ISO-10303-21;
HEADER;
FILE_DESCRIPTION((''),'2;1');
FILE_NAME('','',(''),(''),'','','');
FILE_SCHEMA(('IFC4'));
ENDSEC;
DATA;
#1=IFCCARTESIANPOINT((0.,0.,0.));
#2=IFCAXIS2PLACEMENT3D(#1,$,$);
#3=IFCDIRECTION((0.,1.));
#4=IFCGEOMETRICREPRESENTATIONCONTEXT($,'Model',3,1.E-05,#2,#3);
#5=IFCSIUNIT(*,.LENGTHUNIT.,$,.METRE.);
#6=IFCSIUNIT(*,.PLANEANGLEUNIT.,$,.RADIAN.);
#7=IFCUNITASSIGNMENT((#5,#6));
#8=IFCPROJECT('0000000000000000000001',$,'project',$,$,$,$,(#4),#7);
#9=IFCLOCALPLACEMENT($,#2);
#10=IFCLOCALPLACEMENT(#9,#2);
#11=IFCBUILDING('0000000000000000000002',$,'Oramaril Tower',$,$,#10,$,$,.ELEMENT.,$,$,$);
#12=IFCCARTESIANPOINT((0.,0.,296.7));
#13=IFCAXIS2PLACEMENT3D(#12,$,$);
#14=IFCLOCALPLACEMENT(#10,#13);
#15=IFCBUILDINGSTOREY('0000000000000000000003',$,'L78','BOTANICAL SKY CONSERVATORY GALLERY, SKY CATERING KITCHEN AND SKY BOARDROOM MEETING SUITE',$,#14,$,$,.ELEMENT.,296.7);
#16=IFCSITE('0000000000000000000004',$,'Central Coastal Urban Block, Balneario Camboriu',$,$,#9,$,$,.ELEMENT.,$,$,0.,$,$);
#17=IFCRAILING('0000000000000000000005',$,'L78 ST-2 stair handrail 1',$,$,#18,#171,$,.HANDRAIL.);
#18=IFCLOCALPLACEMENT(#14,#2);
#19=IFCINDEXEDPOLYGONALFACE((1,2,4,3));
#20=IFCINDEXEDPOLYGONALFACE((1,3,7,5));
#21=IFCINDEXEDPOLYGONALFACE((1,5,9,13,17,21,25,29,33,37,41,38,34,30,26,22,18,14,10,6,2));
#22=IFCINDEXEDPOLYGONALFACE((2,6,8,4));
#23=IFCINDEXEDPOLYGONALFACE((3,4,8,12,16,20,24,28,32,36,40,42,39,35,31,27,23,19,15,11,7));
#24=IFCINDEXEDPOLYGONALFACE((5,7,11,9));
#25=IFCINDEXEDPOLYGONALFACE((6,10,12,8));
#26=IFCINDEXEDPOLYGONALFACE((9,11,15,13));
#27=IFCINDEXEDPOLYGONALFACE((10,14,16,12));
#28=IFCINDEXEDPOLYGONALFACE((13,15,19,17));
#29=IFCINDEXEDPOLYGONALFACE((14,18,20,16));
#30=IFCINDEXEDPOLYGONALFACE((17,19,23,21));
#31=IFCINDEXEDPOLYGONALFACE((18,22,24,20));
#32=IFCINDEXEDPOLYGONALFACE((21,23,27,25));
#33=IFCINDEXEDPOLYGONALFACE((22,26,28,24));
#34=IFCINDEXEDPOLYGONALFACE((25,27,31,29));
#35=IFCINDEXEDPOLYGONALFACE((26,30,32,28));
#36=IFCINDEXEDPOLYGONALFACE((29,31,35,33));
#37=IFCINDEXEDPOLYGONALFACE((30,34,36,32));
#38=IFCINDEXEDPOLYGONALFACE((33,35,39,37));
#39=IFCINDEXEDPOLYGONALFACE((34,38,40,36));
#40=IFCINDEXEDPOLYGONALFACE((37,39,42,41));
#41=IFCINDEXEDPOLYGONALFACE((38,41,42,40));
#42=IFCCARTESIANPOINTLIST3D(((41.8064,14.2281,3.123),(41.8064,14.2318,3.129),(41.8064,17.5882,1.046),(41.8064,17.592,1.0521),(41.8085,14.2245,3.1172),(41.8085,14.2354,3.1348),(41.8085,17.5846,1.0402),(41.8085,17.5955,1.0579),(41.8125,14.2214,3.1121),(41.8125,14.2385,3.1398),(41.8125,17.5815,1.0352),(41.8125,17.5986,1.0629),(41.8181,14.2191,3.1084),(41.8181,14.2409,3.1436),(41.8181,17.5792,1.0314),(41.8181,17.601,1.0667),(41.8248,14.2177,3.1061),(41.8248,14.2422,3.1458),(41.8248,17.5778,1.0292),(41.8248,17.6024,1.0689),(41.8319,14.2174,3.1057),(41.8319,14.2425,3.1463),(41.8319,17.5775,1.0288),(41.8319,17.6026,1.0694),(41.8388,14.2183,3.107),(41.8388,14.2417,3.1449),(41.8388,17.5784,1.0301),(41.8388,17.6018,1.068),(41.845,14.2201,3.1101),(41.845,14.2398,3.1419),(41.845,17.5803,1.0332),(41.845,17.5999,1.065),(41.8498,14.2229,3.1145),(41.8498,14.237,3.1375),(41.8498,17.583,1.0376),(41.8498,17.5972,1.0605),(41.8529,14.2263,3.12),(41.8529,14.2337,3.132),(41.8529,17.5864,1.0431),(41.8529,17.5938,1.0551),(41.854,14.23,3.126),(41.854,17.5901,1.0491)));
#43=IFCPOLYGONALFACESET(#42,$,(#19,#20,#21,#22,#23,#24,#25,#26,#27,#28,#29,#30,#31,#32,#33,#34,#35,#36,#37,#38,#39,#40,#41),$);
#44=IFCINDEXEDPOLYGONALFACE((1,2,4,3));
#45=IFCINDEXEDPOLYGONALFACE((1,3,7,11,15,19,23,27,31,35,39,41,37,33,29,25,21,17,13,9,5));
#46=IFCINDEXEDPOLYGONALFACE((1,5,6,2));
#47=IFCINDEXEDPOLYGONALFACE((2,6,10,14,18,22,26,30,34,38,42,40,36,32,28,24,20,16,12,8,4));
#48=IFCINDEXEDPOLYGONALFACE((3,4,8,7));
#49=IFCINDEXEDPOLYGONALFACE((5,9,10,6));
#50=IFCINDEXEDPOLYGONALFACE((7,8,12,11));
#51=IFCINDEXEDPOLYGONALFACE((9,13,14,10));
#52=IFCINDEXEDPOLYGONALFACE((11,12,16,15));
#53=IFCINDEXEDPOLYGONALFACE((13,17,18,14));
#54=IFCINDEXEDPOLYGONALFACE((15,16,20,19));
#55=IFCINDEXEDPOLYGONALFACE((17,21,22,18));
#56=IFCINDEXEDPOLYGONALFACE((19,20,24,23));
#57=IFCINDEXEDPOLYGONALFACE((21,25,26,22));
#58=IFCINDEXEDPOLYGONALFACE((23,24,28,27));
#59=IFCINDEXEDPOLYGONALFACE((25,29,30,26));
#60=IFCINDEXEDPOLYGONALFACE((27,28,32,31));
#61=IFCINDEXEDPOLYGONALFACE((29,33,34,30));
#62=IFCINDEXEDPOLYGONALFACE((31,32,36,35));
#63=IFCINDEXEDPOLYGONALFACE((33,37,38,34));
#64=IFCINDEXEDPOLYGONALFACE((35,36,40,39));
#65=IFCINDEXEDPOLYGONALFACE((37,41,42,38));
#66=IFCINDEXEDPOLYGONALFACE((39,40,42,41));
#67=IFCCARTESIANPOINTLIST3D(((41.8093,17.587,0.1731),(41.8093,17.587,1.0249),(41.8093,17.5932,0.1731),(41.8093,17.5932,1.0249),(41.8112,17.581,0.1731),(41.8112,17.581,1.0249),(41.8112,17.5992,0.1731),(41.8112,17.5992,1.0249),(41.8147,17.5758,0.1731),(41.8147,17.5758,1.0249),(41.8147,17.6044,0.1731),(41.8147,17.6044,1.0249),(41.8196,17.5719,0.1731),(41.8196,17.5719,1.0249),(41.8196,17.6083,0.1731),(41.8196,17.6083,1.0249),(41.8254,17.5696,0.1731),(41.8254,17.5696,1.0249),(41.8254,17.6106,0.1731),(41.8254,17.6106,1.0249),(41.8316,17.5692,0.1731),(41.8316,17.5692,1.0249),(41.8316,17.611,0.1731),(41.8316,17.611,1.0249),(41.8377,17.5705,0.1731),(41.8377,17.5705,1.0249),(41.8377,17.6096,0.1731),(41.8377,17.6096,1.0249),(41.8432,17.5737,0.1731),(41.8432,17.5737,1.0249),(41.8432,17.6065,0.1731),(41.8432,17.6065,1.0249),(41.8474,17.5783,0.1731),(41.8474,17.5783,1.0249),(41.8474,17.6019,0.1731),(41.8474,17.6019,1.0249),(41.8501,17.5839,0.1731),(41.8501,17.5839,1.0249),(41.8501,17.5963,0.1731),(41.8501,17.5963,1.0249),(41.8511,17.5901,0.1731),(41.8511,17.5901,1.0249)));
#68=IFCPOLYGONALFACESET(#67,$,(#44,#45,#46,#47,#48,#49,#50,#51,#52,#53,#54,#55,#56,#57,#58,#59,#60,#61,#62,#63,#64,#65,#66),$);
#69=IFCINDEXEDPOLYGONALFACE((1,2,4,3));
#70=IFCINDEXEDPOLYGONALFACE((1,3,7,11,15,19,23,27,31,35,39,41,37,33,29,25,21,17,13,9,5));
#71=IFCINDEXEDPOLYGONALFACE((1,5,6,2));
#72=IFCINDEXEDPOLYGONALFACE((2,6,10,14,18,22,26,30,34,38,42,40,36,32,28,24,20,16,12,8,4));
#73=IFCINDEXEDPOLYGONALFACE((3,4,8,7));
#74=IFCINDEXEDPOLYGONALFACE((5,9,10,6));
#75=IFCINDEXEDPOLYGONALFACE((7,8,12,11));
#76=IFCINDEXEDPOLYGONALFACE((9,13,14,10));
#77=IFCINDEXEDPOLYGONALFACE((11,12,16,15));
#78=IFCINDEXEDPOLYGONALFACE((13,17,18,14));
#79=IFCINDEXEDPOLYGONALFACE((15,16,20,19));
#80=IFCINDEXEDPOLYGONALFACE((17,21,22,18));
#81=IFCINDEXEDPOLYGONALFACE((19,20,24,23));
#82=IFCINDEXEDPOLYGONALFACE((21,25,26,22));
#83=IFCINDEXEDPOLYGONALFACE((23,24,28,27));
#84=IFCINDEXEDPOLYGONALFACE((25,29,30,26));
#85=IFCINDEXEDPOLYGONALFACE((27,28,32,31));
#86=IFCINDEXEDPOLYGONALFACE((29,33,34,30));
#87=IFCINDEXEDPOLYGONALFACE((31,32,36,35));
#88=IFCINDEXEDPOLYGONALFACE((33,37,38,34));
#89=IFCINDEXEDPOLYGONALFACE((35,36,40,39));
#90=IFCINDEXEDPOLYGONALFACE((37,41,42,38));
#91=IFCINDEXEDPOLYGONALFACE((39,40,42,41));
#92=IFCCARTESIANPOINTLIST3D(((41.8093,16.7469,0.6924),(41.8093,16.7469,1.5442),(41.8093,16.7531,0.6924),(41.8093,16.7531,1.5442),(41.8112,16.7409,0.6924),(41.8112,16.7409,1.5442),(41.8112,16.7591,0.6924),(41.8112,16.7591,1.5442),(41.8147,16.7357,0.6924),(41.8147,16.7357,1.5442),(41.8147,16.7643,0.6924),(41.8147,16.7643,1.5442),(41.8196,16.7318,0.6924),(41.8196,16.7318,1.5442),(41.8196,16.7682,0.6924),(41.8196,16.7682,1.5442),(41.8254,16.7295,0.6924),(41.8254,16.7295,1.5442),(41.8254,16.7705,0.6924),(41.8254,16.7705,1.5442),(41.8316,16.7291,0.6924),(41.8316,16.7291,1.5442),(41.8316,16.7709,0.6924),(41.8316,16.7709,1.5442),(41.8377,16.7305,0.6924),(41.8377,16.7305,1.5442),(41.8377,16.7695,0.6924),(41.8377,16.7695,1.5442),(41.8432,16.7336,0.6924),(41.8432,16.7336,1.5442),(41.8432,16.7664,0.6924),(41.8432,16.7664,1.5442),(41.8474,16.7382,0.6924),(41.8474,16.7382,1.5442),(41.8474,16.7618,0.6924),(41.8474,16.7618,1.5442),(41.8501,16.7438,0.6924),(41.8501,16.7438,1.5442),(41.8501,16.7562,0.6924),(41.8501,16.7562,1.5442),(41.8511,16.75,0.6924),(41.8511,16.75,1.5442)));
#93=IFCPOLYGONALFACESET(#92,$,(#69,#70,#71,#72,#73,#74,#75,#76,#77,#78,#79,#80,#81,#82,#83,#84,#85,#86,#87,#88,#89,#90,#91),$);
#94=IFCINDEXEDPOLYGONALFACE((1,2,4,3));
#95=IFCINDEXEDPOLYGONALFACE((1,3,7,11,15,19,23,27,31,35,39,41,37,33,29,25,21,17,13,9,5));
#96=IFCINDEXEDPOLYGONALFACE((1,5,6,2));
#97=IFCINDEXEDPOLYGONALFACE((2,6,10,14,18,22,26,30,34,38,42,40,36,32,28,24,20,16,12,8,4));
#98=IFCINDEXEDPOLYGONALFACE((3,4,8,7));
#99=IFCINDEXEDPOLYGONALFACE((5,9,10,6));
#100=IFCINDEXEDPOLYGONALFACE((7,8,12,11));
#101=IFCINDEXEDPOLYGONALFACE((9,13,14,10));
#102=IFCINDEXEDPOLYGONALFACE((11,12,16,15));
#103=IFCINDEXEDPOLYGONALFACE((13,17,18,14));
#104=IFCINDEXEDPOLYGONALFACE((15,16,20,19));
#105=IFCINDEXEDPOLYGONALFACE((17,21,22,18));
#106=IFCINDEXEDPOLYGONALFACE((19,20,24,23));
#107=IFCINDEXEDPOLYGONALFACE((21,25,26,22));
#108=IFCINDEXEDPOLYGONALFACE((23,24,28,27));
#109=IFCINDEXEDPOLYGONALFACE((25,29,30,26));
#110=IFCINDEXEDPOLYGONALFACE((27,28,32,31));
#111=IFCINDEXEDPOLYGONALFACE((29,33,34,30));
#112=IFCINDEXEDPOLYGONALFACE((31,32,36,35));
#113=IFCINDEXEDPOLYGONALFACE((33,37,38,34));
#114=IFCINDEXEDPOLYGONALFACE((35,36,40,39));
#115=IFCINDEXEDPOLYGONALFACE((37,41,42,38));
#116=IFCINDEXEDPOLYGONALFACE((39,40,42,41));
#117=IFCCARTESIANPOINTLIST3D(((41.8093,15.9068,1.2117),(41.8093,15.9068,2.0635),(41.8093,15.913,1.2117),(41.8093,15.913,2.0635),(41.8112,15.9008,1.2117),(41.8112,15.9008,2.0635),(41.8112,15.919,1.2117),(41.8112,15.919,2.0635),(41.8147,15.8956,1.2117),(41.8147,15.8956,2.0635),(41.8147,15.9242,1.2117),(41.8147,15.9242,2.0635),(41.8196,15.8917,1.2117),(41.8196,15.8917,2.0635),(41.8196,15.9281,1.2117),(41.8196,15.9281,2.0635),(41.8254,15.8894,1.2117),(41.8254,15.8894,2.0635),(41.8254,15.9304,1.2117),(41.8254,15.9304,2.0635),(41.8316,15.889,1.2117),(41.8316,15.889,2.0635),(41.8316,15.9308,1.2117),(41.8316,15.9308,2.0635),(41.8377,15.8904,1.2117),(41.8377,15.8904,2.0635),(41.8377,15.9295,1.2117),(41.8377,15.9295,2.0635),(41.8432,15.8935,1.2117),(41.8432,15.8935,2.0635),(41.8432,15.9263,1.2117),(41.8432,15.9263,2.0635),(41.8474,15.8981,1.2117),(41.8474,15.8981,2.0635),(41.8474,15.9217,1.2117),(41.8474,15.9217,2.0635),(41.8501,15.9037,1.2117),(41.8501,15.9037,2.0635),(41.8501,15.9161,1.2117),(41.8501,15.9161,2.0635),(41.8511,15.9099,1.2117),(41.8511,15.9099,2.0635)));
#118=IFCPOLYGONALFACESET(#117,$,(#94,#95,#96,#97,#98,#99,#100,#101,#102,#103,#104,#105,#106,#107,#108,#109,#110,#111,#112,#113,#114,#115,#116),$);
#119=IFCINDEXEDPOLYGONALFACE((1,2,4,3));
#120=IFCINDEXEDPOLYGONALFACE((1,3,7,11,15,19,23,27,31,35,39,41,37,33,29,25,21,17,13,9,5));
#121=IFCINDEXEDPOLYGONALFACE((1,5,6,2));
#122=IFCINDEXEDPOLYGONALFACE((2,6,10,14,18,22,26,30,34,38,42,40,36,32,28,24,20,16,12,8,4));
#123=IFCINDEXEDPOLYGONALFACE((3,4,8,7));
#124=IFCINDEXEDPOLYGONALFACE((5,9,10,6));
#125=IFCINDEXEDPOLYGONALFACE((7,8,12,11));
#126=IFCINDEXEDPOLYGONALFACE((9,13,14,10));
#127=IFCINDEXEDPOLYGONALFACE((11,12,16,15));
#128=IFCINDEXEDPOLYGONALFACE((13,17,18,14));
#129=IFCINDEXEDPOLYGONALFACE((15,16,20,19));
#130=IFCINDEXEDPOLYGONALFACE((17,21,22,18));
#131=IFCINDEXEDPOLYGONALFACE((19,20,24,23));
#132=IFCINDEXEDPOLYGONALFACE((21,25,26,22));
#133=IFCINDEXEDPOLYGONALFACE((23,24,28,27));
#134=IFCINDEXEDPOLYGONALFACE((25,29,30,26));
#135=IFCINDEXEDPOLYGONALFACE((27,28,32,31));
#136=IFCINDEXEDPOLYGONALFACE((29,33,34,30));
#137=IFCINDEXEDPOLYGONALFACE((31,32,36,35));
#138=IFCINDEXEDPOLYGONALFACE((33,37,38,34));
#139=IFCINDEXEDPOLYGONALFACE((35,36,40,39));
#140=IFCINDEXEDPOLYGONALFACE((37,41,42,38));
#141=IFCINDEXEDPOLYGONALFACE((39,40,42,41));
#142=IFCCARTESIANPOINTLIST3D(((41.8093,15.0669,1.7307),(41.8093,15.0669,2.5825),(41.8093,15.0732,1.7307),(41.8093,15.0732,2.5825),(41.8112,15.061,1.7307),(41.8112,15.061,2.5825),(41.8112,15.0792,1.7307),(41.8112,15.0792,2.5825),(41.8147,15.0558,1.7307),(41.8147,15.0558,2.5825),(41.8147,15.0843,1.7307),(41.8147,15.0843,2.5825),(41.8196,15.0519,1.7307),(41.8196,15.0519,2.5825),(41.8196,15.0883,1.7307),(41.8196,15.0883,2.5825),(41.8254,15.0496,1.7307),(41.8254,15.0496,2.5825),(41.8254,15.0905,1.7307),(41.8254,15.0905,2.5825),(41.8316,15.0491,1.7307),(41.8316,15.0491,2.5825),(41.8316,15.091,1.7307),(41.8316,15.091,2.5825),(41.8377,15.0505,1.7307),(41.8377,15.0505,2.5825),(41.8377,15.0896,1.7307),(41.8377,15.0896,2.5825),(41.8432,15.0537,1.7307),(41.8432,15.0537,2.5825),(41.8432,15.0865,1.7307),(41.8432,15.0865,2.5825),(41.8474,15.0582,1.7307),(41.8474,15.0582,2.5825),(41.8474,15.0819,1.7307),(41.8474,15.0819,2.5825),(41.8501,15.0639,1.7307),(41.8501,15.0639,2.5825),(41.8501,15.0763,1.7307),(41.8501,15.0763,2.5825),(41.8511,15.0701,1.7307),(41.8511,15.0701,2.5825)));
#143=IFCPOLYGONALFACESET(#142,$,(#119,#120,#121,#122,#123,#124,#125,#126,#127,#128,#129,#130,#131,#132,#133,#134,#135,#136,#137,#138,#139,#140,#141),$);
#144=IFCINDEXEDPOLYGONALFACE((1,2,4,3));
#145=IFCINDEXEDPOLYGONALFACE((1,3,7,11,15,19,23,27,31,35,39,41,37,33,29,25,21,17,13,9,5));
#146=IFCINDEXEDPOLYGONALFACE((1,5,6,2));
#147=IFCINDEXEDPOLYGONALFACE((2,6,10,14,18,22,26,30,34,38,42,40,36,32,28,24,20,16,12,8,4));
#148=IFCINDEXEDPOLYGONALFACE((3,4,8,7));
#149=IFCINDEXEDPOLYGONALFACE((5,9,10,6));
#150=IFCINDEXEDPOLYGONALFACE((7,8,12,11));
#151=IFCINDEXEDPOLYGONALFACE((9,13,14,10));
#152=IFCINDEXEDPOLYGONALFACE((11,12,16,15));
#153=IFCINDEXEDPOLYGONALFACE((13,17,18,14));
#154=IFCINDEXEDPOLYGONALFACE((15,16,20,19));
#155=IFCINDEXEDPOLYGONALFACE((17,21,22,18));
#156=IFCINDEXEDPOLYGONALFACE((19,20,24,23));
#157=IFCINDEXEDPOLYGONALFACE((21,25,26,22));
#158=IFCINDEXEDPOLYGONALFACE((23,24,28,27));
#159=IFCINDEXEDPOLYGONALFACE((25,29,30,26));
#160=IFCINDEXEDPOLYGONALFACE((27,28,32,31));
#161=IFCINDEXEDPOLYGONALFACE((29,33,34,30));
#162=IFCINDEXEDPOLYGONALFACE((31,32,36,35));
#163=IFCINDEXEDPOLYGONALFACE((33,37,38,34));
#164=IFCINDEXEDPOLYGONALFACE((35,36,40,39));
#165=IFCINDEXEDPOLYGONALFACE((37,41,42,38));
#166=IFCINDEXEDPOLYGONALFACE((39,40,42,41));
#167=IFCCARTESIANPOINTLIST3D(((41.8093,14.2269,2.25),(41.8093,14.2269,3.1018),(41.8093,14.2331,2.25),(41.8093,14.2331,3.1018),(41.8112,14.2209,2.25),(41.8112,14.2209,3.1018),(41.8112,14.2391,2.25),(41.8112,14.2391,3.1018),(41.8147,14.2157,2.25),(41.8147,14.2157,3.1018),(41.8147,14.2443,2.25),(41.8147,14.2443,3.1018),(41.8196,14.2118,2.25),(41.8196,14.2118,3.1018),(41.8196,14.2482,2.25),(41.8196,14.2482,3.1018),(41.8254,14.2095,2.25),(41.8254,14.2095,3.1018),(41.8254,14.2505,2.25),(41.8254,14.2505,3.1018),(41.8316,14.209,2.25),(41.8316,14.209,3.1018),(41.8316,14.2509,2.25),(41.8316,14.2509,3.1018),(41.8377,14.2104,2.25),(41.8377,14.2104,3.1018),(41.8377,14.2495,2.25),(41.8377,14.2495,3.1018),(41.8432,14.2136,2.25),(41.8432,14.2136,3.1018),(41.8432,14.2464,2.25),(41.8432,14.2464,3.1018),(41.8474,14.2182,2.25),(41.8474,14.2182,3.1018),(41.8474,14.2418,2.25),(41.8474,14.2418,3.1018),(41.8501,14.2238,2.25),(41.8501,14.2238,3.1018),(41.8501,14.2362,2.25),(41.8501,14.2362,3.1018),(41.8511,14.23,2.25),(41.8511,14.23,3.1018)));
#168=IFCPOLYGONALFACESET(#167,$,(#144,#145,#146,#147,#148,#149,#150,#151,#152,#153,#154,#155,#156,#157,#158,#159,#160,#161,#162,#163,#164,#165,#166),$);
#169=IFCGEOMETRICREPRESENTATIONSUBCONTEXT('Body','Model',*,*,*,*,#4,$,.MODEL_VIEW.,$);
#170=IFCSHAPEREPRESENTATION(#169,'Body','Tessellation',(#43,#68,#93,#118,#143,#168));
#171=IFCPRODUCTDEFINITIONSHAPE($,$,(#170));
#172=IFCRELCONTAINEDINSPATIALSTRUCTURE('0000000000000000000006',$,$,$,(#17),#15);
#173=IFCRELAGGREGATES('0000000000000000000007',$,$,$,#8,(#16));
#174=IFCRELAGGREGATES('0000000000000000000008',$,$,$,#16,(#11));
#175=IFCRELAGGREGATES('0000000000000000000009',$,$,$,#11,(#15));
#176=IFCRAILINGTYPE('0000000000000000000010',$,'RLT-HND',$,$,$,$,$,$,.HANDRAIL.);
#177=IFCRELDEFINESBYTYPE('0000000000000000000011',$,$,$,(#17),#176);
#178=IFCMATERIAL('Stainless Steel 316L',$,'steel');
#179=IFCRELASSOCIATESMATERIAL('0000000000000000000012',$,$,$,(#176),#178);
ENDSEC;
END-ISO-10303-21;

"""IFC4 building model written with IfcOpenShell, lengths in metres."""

from ifc_helpers import new_model, si_unit, direction, frame, origin, origin_2d, place, context, subcontext, project, spatial, circle, extrude, material, type_object, element, save


model = new_model("IFC4")

# Units and contexts
model_context = context("Model", 3, precision=1e-05, world=origin(), true_north=direction((0.0, 1.0)))
body_context = subcontext(model_context, "Body", "Model", "MODEL_VIEW")
ifc_project = project(units=[si_unit("LENGTHUNIT", "METRE"), si_unit("PLANEANGLEUNIT", "RADIAN")], contexts=[model_context])

# Site, building, storey
site_placement = place(None, origin())
site = spatial("IfcSite", under=ifc_project, at=site_placement, Name="Central Coastal Urban Block, Balneario Camboriu", CompositionType="ELEMENT", RefElevation=0.0)
building_placement = place(site_placement, origin())
building = spatial("IfcBuilding", under=site, at=building_placement, Name="Oramaril Tower", CompositionType="ELEMENT")
storey_placement = place(building_placement, frame((0.0, 0.0, 296.7)))
storey = spatial("IfcBuildingStorey", under=building, at=storey_placement, Name="L78", Description="BOTANICAL SKY CONSERVATORY GALLERY, SKY CATERING KITCHEN AND SKY BOARDROOM MEETING SUITE", CompositionType="ELEMENT", Elevation=296.7)

# Railing
ifc_material_1 = material(Name="Stainless Steel 316L", Category="steel")
railing_type_1 = type_object("IfcRailingType", Name="RLT-HND", PredefinedType="HANDRAIL", material=ifc_material_1)
railing_1_placement = place(storey_placement, frame((41.8301, 17.5901, 0.1731)))
element("IfcRailing", 1, at=railing_1_placement, inside=storey, type_object=railing_type_1, Name="L78 ST-2 stair handrail 1", PredefinedType="HANDRAIL", context=body_context, shape_type="SweptSolid", body=[
    extrude(circle(Radius=0.0239, at=origin_2d()), frame((0.0, 0.0, 0.876), z_axis=(0.0, -0.850623, 0.525776), x_axis=(1.0, 0.0, 0.0)), (0.0, 0.0, 1.0), 3.9502),
    extrude(circle(Radius=0.021, at=origin_2d()), origin(), (0.0, 0.0, 1.0), 0.8518),
    extrude(circle(Radius=0.021, at=origin_2d()), frame((0.0, -0.8401, 0.5193)), (0.0, 0.0, 1.0), 0.8518),
    extrude(circle(Radius=0.021, at=origin_2d()), frame((0.0, -1.6802, 1.0386)), (0.0, 0.0, 1.0), 0.8518),
    extrude(circle(Radius=0.021, at=origin_2d()), frame((0.0, -2.52, 1.5576)), (0.0, 0.0, 1.0), 0.8518),
    extrude(circle(Radius=0.021, at=origin_2d()), frame((0.0, -3.3601, 2.0769)), (0.0, 0.0, 1.0), 0.8518),
])

save(model, "model.ifc")
